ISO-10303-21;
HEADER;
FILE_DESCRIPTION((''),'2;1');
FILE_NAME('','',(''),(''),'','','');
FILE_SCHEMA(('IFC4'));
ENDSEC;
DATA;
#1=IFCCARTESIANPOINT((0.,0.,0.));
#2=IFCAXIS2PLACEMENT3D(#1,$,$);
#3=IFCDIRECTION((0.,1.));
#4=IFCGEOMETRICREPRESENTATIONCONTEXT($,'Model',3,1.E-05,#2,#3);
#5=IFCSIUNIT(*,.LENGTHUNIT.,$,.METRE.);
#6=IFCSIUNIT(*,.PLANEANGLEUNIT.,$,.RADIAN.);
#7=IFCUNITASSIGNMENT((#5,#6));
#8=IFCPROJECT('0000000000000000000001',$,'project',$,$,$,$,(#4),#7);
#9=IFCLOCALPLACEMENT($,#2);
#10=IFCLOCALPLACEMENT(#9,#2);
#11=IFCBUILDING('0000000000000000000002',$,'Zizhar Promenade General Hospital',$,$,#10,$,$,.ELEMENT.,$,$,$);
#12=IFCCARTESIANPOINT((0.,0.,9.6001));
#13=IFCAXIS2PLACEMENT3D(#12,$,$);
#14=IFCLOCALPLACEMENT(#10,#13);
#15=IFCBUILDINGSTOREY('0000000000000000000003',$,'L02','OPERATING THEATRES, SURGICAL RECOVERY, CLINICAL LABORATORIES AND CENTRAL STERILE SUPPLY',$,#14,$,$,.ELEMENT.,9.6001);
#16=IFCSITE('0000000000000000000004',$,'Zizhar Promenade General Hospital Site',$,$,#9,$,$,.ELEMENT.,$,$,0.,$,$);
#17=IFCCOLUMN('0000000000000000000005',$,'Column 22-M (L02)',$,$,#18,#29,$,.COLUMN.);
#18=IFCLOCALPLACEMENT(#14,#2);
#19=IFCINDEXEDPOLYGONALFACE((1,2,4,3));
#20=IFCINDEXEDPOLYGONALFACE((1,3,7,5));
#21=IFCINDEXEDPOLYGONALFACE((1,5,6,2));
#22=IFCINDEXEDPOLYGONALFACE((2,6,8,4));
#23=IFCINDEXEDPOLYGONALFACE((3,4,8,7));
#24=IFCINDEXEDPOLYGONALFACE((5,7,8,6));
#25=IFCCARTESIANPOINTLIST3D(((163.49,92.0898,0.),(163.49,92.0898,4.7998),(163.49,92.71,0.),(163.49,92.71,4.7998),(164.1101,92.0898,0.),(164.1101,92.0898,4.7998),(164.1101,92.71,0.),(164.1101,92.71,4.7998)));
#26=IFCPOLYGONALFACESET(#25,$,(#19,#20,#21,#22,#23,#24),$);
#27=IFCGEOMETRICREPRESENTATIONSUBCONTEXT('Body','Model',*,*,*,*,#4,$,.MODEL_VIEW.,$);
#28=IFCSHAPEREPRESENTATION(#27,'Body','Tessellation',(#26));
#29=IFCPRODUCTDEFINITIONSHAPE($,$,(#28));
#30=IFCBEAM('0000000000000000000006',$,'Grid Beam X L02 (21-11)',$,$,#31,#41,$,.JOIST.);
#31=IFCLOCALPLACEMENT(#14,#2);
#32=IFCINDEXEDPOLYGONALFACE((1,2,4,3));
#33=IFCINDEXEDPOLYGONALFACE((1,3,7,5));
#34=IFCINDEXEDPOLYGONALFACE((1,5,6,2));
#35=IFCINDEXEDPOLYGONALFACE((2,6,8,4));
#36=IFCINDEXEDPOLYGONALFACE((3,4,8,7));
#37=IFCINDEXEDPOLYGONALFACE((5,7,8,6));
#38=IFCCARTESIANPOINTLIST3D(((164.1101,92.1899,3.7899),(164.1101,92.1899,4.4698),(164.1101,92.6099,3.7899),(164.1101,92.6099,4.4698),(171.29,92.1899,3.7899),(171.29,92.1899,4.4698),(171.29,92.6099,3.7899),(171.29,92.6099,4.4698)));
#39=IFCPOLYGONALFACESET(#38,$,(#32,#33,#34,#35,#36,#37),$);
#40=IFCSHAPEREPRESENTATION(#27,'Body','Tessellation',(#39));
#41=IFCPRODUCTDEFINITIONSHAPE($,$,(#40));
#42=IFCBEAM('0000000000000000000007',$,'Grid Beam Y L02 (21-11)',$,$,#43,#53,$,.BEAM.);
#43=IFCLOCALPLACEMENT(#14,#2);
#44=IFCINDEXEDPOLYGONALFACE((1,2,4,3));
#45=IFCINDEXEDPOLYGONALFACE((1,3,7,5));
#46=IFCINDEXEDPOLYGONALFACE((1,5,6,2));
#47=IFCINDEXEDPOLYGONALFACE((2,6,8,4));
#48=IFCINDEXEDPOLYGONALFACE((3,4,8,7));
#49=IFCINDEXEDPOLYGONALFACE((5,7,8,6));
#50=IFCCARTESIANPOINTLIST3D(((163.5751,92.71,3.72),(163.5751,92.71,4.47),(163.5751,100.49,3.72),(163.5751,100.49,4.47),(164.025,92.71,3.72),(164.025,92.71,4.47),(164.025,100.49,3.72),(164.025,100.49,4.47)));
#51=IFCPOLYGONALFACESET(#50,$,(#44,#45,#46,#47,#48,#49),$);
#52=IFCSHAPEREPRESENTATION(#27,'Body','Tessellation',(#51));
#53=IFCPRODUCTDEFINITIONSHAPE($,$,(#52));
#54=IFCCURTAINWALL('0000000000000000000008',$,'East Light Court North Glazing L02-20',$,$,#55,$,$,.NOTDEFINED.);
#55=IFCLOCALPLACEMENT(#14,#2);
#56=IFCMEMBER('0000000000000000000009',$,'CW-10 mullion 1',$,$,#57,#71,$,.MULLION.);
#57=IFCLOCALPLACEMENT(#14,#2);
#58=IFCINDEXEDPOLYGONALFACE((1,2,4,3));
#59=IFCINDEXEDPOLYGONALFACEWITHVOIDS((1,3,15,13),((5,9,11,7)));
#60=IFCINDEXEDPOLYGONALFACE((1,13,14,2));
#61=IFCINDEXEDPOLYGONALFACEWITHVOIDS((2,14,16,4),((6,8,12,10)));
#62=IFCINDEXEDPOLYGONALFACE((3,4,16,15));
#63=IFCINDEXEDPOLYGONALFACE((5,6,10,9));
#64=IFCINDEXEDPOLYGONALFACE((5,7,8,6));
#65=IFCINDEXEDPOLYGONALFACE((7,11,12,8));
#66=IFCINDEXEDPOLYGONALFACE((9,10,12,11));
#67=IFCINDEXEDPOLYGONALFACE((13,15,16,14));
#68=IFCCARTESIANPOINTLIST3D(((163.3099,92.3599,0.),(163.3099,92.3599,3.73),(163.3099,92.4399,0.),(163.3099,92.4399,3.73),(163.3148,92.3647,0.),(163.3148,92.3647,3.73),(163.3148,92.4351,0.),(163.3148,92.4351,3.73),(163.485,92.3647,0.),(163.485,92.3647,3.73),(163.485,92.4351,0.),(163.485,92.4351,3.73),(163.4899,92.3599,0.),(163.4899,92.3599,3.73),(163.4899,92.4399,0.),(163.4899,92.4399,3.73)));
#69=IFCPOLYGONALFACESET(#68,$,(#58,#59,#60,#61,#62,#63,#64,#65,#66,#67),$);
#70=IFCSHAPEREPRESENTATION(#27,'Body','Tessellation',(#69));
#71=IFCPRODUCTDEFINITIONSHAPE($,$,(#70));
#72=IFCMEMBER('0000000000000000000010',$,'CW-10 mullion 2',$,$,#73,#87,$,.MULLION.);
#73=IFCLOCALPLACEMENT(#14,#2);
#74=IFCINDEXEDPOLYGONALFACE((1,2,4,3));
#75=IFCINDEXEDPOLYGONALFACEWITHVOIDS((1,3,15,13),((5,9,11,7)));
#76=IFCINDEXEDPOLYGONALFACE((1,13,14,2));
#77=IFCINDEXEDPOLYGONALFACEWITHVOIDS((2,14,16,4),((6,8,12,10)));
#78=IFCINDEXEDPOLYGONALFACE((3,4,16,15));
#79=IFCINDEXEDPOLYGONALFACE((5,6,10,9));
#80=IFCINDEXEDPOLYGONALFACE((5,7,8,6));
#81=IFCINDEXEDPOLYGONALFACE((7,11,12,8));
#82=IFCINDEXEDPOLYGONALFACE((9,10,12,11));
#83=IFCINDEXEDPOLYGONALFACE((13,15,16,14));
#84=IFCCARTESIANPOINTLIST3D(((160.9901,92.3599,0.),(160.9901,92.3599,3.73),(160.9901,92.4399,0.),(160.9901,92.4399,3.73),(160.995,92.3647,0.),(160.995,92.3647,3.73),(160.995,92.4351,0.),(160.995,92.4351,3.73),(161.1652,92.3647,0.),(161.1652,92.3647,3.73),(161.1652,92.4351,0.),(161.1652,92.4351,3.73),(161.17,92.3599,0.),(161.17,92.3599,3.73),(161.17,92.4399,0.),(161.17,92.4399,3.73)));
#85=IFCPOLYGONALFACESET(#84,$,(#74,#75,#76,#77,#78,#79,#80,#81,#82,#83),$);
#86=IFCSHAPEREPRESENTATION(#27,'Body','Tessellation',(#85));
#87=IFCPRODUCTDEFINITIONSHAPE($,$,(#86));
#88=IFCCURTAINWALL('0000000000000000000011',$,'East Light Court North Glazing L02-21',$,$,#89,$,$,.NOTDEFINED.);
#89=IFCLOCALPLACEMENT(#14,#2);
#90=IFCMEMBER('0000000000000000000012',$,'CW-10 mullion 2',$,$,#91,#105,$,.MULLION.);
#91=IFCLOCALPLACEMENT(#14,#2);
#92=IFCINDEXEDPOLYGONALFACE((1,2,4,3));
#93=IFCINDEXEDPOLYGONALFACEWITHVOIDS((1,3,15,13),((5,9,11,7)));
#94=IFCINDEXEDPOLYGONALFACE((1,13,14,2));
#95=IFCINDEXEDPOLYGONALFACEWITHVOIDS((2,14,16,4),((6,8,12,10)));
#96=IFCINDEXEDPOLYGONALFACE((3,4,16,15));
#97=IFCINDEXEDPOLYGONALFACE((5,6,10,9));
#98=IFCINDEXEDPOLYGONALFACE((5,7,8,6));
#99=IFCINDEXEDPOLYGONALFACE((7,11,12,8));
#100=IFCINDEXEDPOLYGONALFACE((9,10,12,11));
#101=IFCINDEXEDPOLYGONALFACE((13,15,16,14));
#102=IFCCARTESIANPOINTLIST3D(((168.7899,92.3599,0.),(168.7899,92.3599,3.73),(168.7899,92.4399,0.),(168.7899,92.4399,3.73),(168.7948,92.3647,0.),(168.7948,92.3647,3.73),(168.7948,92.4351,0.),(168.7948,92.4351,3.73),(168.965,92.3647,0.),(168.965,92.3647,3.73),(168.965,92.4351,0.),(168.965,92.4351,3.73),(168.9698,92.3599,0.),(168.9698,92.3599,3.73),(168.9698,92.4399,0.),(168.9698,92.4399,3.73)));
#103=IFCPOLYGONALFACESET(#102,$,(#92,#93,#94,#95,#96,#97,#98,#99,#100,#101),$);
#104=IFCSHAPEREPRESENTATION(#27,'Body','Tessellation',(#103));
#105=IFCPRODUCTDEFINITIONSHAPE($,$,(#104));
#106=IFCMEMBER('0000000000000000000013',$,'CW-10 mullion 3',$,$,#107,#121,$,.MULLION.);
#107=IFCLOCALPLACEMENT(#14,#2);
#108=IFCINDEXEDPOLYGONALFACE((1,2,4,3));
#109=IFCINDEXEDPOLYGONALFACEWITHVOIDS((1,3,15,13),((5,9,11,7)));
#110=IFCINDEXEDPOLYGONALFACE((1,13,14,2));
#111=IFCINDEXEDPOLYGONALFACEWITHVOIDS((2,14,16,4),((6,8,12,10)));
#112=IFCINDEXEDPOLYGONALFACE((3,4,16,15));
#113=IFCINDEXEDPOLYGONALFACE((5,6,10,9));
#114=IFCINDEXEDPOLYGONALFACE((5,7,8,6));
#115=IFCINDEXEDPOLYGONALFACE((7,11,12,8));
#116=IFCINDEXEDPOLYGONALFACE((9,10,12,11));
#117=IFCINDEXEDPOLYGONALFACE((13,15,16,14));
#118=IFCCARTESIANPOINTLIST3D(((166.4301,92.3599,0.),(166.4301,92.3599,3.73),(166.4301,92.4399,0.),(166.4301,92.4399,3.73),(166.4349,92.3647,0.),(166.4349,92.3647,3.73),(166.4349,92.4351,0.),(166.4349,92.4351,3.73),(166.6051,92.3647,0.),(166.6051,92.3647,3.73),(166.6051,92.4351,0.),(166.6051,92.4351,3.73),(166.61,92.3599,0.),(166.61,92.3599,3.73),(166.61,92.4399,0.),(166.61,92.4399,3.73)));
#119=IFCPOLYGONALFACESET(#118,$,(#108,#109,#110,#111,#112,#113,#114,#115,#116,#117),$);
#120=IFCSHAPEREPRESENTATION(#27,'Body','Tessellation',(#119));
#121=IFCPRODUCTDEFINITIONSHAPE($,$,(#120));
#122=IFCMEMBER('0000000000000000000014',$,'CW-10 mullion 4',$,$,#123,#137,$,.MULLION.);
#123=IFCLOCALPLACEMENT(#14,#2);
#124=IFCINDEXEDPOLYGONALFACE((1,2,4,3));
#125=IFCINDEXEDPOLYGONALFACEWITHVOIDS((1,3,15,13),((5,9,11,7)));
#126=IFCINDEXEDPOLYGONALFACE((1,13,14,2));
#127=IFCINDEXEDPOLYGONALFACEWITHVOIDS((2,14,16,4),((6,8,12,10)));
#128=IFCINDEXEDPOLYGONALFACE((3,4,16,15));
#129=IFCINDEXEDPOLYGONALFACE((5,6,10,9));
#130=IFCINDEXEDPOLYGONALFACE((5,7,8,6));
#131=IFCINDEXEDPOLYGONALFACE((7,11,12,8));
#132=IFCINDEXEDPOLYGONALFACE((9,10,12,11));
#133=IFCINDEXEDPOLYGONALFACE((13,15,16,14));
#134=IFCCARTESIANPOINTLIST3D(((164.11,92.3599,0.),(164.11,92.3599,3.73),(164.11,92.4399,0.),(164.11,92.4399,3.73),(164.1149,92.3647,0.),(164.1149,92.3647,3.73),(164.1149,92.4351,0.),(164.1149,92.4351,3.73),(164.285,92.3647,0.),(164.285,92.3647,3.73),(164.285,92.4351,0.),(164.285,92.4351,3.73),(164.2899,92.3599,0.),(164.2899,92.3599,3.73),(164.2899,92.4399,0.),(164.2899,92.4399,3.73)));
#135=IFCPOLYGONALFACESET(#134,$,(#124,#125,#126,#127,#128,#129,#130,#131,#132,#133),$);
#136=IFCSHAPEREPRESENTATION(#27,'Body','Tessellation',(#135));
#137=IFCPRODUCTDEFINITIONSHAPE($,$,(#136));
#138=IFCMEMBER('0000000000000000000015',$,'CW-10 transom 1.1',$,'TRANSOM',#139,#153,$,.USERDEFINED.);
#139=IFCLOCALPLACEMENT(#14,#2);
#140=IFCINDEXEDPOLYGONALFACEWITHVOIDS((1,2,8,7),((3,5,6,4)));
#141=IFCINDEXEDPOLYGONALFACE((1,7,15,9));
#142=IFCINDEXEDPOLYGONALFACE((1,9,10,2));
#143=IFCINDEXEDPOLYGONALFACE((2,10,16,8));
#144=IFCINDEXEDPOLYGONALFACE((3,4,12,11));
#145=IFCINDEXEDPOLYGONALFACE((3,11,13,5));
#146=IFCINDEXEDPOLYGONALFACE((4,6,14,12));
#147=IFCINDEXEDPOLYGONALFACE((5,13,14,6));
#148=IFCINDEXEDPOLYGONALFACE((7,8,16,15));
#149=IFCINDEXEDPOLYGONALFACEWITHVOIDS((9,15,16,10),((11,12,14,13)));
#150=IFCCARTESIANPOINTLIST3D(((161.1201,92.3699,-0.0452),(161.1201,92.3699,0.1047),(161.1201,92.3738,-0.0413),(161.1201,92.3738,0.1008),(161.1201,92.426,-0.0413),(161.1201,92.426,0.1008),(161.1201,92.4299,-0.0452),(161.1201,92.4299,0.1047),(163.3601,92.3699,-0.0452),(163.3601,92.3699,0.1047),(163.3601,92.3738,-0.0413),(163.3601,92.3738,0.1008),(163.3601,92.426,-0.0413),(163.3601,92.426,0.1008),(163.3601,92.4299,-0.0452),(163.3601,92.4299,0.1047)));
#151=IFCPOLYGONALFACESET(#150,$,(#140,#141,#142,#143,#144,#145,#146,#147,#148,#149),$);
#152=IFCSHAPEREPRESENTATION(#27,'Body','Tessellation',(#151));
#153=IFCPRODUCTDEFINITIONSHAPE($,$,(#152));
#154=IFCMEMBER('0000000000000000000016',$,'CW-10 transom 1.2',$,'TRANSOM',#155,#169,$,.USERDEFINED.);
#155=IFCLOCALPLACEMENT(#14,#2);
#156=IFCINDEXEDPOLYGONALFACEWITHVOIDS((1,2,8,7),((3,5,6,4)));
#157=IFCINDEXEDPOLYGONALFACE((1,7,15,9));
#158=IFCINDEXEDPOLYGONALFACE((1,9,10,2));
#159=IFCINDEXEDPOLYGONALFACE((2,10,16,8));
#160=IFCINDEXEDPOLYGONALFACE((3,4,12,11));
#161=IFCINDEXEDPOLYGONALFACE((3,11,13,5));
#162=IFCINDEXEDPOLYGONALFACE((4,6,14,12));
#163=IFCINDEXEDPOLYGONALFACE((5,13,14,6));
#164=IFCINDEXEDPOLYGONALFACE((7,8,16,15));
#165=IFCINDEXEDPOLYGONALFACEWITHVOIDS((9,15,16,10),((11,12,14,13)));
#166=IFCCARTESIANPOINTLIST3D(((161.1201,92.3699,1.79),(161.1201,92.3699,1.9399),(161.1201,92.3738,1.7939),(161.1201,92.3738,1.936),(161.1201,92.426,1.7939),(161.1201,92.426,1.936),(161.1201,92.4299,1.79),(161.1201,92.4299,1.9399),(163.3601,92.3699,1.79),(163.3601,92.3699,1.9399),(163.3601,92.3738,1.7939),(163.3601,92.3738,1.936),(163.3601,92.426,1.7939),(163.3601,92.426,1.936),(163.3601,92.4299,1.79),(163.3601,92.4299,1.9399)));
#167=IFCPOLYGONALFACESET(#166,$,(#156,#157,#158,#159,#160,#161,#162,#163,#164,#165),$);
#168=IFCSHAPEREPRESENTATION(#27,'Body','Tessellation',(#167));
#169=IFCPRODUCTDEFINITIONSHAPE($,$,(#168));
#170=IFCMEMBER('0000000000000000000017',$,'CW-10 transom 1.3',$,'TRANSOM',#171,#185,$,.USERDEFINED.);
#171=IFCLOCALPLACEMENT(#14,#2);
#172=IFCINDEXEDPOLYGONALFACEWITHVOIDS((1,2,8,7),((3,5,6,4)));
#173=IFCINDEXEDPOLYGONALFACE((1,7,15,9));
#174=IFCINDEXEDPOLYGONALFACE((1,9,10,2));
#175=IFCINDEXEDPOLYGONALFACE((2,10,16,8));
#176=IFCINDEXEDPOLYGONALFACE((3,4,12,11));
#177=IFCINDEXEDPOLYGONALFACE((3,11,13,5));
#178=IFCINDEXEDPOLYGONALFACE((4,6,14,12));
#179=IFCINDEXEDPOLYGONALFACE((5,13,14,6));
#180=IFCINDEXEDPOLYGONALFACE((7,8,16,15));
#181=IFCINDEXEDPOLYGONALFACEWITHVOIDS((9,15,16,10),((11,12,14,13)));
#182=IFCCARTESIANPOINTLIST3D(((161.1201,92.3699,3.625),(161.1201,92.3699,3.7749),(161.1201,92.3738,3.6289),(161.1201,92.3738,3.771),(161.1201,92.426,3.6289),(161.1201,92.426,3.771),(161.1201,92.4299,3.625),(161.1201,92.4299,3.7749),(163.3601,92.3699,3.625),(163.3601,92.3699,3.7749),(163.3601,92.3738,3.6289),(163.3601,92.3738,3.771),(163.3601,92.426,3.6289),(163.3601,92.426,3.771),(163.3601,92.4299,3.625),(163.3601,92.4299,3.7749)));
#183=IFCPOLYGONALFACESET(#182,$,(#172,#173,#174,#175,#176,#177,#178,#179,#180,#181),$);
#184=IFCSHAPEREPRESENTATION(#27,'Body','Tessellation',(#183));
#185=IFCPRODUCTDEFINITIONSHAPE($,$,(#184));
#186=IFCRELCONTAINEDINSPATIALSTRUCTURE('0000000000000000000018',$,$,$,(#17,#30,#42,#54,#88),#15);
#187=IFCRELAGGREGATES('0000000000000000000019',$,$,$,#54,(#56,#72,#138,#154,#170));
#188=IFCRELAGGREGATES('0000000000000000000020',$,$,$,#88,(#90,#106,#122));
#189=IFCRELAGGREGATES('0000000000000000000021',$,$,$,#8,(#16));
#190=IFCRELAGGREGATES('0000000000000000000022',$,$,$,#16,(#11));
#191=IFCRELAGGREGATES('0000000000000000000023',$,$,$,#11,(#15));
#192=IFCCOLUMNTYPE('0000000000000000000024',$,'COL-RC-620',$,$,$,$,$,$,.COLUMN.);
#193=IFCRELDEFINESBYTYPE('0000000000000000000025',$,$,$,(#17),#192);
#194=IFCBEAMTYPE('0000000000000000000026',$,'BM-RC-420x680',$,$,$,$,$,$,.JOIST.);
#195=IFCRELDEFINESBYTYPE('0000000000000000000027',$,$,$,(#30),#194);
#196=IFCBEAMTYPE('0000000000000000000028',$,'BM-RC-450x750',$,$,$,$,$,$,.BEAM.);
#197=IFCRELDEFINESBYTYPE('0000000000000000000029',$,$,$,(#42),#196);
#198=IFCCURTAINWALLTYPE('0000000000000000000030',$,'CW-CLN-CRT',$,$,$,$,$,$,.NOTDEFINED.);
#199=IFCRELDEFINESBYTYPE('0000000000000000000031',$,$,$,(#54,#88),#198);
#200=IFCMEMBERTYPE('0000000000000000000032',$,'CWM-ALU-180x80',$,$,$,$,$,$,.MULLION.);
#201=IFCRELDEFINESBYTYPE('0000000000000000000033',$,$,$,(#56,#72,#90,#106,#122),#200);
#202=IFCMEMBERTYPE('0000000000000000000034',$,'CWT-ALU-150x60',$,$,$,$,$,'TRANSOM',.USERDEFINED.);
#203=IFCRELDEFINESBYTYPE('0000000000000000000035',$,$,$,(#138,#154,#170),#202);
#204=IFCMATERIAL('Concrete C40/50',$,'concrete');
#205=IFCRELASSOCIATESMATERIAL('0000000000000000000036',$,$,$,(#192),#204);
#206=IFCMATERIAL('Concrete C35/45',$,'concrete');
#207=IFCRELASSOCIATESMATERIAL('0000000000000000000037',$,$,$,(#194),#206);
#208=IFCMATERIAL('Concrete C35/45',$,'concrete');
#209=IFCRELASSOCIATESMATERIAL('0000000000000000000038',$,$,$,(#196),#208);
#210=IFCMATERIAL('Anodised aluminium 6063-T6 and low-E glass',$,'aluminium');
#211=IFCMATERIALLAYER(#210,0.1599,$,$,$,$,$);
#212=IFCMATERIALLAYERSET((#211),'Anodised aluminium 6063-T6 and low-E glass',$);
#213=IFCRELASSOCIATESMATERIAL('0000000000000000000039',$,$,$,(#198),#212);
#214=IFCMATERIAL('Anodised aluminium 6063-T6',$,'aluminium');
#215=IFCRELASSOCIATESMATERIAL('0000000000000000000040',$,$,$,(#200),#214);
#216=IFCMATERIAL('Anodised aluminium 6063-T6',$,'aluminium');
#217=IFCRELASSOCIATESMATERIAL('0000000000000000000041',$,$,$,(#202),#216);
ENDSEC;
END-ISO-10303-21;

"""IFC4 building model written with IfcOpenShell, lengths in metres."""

from ifc_helpers import new_model, si_unit, direction, frame, origin, origin_2d, place, context, subcontext, project, spatial, rectangle, hollow_rectangle, extrude, material, layer, layer_set, material_profile, profile_set, type_object, element, aggregate, save


model = new_model("IFC4")

# Units and contexts
model_context = context("Model", 3, precision=1e-05, world=origin(), true_north=direction((0.0, 1.0)))
body_context = subcontext(model_context, "Body", "Model", "MODEL_VIEW")
ifc_project = project(units=[si_unit("LENGTHUNIT", "METRE"), si_unit("PLANEANGLEUNIT", "RADIAN")], contexts=[model_context])

# Site, building, storey
site_placement = place(None, origin())
site = spatial("IfcSite", under=ifc_project, at=site_placement, Name="Zizhar Promenade General Hospital Site", CompositionType="ELEMENT", RefElevation=0.0)
building_placement = place(site_placement, origin())
building = spatial("IfcBuilding", under=site, at=building_placement, Name="Zizhar Promenade General Hospital", CompositionType="ELEMENT")
storey_placement = place(building_placement, frame((0.0, 0.0, 9.6001)))
storey = spatial("IfcBuildingStorey", under=building, at=storey_placement, Name="L02", Description="OPERATING THEATRES, SURGICAL RECOVERY, CLINICAL LABORATORIES AND CENTRAL STERILE SUPPLY", CompositionType="ELEMENT", Elevation=9.6001)

# Column
ifc_material_1 = material(Name="Concrete C40/50", Category="concrete")
ifc_material_profile_1 = material_profile(ifc_material_1, rectangle(XDim=0.6201, YDim=0.6201, at=origin_2d()))
ifc_profile_set_1 = profile_set([ifc_material_profile_1], Name="Concrete C40/50")
column_type = type_object("IfcColumnType", Name="COL-RC-620", PredefinedType="COLUMN", material=ifc_profile_set_1)
column_placement = place(storey_placement, frame((163.8, 92.3999, 0.0), z_axis=(0.0, 0.0, 1.0), x_axis=(1.0, 0.0, 0.0)))
element("IfcColumn", 1, at=column_placement, inside=storey, type_object=column_type, Name="Column 22-M (L02)", PredefinedType="COLUMN", context=body_context, shape_type="SweptSolid", body=[
    extrude(rectangle(XDim=0.6201, YDim=0.6201, at=origin_2d()), origin(), (0.0, 0.0, 1.0), 4.7998),
])

# Beams
ifc_material_2 = material(Name="Concrete C35/45", Category="concrete")
ifc_material_profile_2 = material_profile(ifc_material_2, rectangle(XDim=0.4199, YDim=0.6799, at=origin_2d()))
ifc_profile_set_2 = profile_set([ifc_material_profile_2], Name="Concrete C35/45")
beam_type_1 = type_object("IfcBeamType", Name="BM-RC-420x680", PredefinedType="JOIST", material=ifc_profile_set_2)
beam_1_placement = place(storey_placement, frame((164.1101, 92.3999, 4.1299), z_axis=(1.0, 0.0, 0.0), x_axis=(0.0, 1.0, 0.0)))
element("IfcBeam", 2, at=beam_1_placement, inside=storey, type_object=beam_type_1, Name="Grid Beam X L02 (21-11)", PredefinedType="JOIST", context=body_context, shape_type="SweptSolid", body=[
    extrude(rectangle(XDim=0.4199, YDim=0.6799, at=origin_2d()), origin(), (0.0, 0.0, 1.0), 7.1799),
])
ifc_material_3 = material(Name="Concrete C35/45", Category="concrete")
ifc_material_profile_3 = material_profile(ifc_material_3, rectangle(XDim=0.45, YDim=0.75, at=origin_2d()))
ifc_profile_set_3 = profile_set([ifc_material_profile_3], Name="Concrete C35/45")
beam_type_2 = type_object("IfcBeamType", Name="BM-RC-450x750", PredefinedType="BEAM", material=ifc_profile_set_3)
beam_2_placement = place(storey_placement, frame((163.8, 92.71, 4.095), z_axis=(0.0, 1.0, 0.0), x_axis=(-1.0, 0.0, 0.0)))
element("IfcBeam", 3, at=beam_2_placement, inside=storey, type_object=beam_type_2, Name="Grid Beam Y L02 (21-11)", PredefinedType="BEAM", context=body_context, shape_type="SweptSolid", body=[
    extrude(rectangle(XDim=0.45, YDim=0.75, at=origin_2d()), origin(), (0.0, 0.0, 1.0), 7.78),
])

# Curtain walls, members
ifc_material_4 = material(Name="Anodised aluminium 6063-T6 and low-E glass", Category="aluminium")
ifc_layer_1 = layer(ifc_material_4, 0.1599)
ifc_layer_set_1 = layer_set([ifc_layer_1], Name="Anodised aluminium 6063-T6 and low-E glass")
curtain_wall_type = type_object("IfcCurtainWallType", Name="CW-CLN-CRT", PredefinedType="NOTDEFINED", material=ifc_layer_set_1)
curtain_wall_1_placement = place(storey_placement, origin())
curtain_wall_1 = element("IfcCurtainWall", 4, at=curtain_wall_1_placement, inside=storey, type_object=curtain_wall_type, Name="East Light Court North Glazing L02-20", PredefinedType="NOTDEFINED")
ifc_material_5 = material(Name="Anodised aluminium 6063-T6", Category="aluminium")
ifc_material_profile_4 = material_profile(ifc_material_5, hollow_rectangle(XDim=0.0801, YDim=0.1799, WallThickness=0.0049, at=origin_2d()))
ifc_profile_set_4 = profile_set([ifc_material_profile_4], Name="Anodised aluminium 6063-T6")
member_type_1 = type_object("IfcMemberType", Name="CWM-ALU-180x80", PredefinedType="MULLION", material=ifc_profile_set_4)
member_1_placement = place(storey_placement, frame((163.3999, 92.3999, 0.0), z_axis=(0.0, 0.0, 1.0), x_axis=(0.0, -1.0, 0.0)))
member_1 = element("IfcMember", 5, at=member_1_placement, type_object=member_type_1, Name="CW-10 mullion 1", PredefinedType="MULLION", context=body_context, shape_type="SweptSolid", body=[
    extrude(hollow_rectangle(XDim=0.0801, YDim=0.1799, WallThickness=0.0049, at=origin_2d()), origin(), (0.0, 0.0, 1.0), 3.73),
])
member_2_placement = place(storey_placement, frame((161.0801, 92.3999, 0.0), z_axis=(0.0, 0.0, 1.0), x_axis=(0.0, -1.0, 0.0)))
member_2 = element("IfcMember", 6, at=member_2_placement, type_object=member_type_1, Name="CW-10 mullion 2", PredefinedType="MULLION", context=body_context, shape_type="SweptSolid", body=[
    extrude(hollow_rectangle(XDim=0.0801, YDim=0.1799, WallThickness=0.0049, at=origin_2d()), origin(), (0.0, 0.0, 1.0), 3.73),
])
curtain_wall_2_placement = place(storey_placement, origin())
curtain_wall_2 = element("IfcCurtainWall", 7, at=curtain_wall_2_placement, inside=storey, type_object=curtain_wall_type, Name="East Light Court North Glazing L02-21", PredefinedType="NOTDEFINED")
member_3_placement = place(storey_placement, frame((168.8799, 92.3999, 0.0), z_axis=(0.0, 0.0, 1.0), x_axis=(0.0, -1.0, 0.0)))
member_3 = element("IfcMember", 8, at=member_3_placement, type_object=member_type_1, Name="CW-10 mullion 2", PredefinedType="MULLION", context=body_context, shape_type="SweptSolid", body=[
    extrude(hollow_rectangle(XDim=0.0801, YDim=0.1799, WallThickness=0.0049, at=origin_2d()), origin(), (0.0, 0.0, 1.0), 3.73),
])
member_4_placement = place(storey_placement, frame((166.52, 92.3999, 0.0), z_axis=(0.0, 0.0, 1.0), x_axis=(0.0, -1.0, 0.0)))
member_4 = element("IfcMember", 9, at=member_4_placement, type_object=member_type_1, Name="CW-10 mullion 3", PredefinedType="MULLION", context=body_context, shape_type="SweptSolid", body=[
    extrude(hollow_rectangle(XDim=0.0801, YDim=0.1799, WallThickness=0.0049, at=origin_2d()), origin(), (0.0, 0.0, 1.0), 3.73),
])
member_5_placement = place(storey_placement, frame((164.2, 92.3999, 0.0), z_axis=(0.0, 0.0, 1.0), x_axis=(0.0, -1.0, 0.0)))
member_5 = element("IfcMember", 10, at=member_5_placement, type_object=member_type_1, Name="CW-10 mullion 4", PredefinedType="MULLION", context=body_context, shape_type="SweptSolid", body=[
    extrude(hollow_rectangle(XDim=0.0801, YDim=0.1799, WallThickness=0.0049, at=origin_2d()), origin(), (0.0, 0.0, 1.0), 3.73),
])

# Members
ifc_material_6 = material(Name="Anodised aluminium 6063-T6", Category="aluminium")
ifc_material_profile_5 = material_profile(ifc_material_6, hollow_rectangle(XDim=0.0601, YDim=0.1499, WallThickness=0.0039, at=origin_2d()))
ifc_profile_set_5 = profile_set([ifc_material_profile_5], Name="Anodised aluminium 6063-T6")
member_type_2 = type_object("IfcMemberType", Name="CWT-ALU-150x60", ElementType="TRANSOM", PredefinedType="USERDEFINED", material=ifc_profile_set_5)
member_6_placement = place(storey_placement, frame((163.3601, 92.3999, 0.0298), z_axis=(-1.0, 0.0, 0.0), x_axis=(0.0, -1.0, 0.0)))
member_6 = element("IfcMember", 11, at=member_6_placement, type_object=member_type_2, Name="CW-10 transom 1.1", ObjectType="TRANSOM", PredefinedType="USERDEFINED", context=body_context, shape_type="SweptSolid", body=[
    extrude(hollow_rectangle(XDim=0.0601, YDim=0.1499, WallThickness=0.0039, at=origin_2d()), origin(), (0.0, 0.0, 1.0), 2.24),
])
member_7_placement = place(storey_placement, frame((163.3601, 92.3999, 1.865), z_axis=(-1.0, 0.0, 0.0), x_axis=(0.0, -1.0, 0.0)))
member_7 = element("IfcMember", 12, at=member_7_placement, type_object=member_type_2, Name="CW-10 transom 1.2", ObjectType="TRANSOM", PredefinedType="USERDEFINED", context=body_context, shape_type="SweptSolid", body=[
    extrude(hollow_rectangle(XDim=0.0601, YDim=0.1499, WallThickness=0.0039, at=origin_2d()), origin(), (0.0, 0.0, 1.0), 2.24),
])
member_8_placement = place(storey_placement, frame((163.3601, 92.3999, 3.7), z_axis=(-1.0, 0.0, 0.0), x_axis=(0.0, -1.0, 0.0)))
member_8 = element("IfcMember", 13, at=member_8_placement, type_object=member_type_2, Name="CW-10 transom 1.3", ObjectType="TRANSOM", PredefinedType="USERDEFINED", context=body_context, shape_type="SweptSolid", body=[
    extrude(hollow_rectangle(XDim=0.0601, YDim=0.1499, WallThickness=0.0039, at=origin_2d()), origin(), (0.0, 0.0, 1.0), 2.24),
])

aggregate(curtain_wall_1, [member_1, member_2, member_6, member_7, member_8])
aggregate(curtain_wall_2, [member_3, member_4, member_5])

save(model, "model.ifc")
